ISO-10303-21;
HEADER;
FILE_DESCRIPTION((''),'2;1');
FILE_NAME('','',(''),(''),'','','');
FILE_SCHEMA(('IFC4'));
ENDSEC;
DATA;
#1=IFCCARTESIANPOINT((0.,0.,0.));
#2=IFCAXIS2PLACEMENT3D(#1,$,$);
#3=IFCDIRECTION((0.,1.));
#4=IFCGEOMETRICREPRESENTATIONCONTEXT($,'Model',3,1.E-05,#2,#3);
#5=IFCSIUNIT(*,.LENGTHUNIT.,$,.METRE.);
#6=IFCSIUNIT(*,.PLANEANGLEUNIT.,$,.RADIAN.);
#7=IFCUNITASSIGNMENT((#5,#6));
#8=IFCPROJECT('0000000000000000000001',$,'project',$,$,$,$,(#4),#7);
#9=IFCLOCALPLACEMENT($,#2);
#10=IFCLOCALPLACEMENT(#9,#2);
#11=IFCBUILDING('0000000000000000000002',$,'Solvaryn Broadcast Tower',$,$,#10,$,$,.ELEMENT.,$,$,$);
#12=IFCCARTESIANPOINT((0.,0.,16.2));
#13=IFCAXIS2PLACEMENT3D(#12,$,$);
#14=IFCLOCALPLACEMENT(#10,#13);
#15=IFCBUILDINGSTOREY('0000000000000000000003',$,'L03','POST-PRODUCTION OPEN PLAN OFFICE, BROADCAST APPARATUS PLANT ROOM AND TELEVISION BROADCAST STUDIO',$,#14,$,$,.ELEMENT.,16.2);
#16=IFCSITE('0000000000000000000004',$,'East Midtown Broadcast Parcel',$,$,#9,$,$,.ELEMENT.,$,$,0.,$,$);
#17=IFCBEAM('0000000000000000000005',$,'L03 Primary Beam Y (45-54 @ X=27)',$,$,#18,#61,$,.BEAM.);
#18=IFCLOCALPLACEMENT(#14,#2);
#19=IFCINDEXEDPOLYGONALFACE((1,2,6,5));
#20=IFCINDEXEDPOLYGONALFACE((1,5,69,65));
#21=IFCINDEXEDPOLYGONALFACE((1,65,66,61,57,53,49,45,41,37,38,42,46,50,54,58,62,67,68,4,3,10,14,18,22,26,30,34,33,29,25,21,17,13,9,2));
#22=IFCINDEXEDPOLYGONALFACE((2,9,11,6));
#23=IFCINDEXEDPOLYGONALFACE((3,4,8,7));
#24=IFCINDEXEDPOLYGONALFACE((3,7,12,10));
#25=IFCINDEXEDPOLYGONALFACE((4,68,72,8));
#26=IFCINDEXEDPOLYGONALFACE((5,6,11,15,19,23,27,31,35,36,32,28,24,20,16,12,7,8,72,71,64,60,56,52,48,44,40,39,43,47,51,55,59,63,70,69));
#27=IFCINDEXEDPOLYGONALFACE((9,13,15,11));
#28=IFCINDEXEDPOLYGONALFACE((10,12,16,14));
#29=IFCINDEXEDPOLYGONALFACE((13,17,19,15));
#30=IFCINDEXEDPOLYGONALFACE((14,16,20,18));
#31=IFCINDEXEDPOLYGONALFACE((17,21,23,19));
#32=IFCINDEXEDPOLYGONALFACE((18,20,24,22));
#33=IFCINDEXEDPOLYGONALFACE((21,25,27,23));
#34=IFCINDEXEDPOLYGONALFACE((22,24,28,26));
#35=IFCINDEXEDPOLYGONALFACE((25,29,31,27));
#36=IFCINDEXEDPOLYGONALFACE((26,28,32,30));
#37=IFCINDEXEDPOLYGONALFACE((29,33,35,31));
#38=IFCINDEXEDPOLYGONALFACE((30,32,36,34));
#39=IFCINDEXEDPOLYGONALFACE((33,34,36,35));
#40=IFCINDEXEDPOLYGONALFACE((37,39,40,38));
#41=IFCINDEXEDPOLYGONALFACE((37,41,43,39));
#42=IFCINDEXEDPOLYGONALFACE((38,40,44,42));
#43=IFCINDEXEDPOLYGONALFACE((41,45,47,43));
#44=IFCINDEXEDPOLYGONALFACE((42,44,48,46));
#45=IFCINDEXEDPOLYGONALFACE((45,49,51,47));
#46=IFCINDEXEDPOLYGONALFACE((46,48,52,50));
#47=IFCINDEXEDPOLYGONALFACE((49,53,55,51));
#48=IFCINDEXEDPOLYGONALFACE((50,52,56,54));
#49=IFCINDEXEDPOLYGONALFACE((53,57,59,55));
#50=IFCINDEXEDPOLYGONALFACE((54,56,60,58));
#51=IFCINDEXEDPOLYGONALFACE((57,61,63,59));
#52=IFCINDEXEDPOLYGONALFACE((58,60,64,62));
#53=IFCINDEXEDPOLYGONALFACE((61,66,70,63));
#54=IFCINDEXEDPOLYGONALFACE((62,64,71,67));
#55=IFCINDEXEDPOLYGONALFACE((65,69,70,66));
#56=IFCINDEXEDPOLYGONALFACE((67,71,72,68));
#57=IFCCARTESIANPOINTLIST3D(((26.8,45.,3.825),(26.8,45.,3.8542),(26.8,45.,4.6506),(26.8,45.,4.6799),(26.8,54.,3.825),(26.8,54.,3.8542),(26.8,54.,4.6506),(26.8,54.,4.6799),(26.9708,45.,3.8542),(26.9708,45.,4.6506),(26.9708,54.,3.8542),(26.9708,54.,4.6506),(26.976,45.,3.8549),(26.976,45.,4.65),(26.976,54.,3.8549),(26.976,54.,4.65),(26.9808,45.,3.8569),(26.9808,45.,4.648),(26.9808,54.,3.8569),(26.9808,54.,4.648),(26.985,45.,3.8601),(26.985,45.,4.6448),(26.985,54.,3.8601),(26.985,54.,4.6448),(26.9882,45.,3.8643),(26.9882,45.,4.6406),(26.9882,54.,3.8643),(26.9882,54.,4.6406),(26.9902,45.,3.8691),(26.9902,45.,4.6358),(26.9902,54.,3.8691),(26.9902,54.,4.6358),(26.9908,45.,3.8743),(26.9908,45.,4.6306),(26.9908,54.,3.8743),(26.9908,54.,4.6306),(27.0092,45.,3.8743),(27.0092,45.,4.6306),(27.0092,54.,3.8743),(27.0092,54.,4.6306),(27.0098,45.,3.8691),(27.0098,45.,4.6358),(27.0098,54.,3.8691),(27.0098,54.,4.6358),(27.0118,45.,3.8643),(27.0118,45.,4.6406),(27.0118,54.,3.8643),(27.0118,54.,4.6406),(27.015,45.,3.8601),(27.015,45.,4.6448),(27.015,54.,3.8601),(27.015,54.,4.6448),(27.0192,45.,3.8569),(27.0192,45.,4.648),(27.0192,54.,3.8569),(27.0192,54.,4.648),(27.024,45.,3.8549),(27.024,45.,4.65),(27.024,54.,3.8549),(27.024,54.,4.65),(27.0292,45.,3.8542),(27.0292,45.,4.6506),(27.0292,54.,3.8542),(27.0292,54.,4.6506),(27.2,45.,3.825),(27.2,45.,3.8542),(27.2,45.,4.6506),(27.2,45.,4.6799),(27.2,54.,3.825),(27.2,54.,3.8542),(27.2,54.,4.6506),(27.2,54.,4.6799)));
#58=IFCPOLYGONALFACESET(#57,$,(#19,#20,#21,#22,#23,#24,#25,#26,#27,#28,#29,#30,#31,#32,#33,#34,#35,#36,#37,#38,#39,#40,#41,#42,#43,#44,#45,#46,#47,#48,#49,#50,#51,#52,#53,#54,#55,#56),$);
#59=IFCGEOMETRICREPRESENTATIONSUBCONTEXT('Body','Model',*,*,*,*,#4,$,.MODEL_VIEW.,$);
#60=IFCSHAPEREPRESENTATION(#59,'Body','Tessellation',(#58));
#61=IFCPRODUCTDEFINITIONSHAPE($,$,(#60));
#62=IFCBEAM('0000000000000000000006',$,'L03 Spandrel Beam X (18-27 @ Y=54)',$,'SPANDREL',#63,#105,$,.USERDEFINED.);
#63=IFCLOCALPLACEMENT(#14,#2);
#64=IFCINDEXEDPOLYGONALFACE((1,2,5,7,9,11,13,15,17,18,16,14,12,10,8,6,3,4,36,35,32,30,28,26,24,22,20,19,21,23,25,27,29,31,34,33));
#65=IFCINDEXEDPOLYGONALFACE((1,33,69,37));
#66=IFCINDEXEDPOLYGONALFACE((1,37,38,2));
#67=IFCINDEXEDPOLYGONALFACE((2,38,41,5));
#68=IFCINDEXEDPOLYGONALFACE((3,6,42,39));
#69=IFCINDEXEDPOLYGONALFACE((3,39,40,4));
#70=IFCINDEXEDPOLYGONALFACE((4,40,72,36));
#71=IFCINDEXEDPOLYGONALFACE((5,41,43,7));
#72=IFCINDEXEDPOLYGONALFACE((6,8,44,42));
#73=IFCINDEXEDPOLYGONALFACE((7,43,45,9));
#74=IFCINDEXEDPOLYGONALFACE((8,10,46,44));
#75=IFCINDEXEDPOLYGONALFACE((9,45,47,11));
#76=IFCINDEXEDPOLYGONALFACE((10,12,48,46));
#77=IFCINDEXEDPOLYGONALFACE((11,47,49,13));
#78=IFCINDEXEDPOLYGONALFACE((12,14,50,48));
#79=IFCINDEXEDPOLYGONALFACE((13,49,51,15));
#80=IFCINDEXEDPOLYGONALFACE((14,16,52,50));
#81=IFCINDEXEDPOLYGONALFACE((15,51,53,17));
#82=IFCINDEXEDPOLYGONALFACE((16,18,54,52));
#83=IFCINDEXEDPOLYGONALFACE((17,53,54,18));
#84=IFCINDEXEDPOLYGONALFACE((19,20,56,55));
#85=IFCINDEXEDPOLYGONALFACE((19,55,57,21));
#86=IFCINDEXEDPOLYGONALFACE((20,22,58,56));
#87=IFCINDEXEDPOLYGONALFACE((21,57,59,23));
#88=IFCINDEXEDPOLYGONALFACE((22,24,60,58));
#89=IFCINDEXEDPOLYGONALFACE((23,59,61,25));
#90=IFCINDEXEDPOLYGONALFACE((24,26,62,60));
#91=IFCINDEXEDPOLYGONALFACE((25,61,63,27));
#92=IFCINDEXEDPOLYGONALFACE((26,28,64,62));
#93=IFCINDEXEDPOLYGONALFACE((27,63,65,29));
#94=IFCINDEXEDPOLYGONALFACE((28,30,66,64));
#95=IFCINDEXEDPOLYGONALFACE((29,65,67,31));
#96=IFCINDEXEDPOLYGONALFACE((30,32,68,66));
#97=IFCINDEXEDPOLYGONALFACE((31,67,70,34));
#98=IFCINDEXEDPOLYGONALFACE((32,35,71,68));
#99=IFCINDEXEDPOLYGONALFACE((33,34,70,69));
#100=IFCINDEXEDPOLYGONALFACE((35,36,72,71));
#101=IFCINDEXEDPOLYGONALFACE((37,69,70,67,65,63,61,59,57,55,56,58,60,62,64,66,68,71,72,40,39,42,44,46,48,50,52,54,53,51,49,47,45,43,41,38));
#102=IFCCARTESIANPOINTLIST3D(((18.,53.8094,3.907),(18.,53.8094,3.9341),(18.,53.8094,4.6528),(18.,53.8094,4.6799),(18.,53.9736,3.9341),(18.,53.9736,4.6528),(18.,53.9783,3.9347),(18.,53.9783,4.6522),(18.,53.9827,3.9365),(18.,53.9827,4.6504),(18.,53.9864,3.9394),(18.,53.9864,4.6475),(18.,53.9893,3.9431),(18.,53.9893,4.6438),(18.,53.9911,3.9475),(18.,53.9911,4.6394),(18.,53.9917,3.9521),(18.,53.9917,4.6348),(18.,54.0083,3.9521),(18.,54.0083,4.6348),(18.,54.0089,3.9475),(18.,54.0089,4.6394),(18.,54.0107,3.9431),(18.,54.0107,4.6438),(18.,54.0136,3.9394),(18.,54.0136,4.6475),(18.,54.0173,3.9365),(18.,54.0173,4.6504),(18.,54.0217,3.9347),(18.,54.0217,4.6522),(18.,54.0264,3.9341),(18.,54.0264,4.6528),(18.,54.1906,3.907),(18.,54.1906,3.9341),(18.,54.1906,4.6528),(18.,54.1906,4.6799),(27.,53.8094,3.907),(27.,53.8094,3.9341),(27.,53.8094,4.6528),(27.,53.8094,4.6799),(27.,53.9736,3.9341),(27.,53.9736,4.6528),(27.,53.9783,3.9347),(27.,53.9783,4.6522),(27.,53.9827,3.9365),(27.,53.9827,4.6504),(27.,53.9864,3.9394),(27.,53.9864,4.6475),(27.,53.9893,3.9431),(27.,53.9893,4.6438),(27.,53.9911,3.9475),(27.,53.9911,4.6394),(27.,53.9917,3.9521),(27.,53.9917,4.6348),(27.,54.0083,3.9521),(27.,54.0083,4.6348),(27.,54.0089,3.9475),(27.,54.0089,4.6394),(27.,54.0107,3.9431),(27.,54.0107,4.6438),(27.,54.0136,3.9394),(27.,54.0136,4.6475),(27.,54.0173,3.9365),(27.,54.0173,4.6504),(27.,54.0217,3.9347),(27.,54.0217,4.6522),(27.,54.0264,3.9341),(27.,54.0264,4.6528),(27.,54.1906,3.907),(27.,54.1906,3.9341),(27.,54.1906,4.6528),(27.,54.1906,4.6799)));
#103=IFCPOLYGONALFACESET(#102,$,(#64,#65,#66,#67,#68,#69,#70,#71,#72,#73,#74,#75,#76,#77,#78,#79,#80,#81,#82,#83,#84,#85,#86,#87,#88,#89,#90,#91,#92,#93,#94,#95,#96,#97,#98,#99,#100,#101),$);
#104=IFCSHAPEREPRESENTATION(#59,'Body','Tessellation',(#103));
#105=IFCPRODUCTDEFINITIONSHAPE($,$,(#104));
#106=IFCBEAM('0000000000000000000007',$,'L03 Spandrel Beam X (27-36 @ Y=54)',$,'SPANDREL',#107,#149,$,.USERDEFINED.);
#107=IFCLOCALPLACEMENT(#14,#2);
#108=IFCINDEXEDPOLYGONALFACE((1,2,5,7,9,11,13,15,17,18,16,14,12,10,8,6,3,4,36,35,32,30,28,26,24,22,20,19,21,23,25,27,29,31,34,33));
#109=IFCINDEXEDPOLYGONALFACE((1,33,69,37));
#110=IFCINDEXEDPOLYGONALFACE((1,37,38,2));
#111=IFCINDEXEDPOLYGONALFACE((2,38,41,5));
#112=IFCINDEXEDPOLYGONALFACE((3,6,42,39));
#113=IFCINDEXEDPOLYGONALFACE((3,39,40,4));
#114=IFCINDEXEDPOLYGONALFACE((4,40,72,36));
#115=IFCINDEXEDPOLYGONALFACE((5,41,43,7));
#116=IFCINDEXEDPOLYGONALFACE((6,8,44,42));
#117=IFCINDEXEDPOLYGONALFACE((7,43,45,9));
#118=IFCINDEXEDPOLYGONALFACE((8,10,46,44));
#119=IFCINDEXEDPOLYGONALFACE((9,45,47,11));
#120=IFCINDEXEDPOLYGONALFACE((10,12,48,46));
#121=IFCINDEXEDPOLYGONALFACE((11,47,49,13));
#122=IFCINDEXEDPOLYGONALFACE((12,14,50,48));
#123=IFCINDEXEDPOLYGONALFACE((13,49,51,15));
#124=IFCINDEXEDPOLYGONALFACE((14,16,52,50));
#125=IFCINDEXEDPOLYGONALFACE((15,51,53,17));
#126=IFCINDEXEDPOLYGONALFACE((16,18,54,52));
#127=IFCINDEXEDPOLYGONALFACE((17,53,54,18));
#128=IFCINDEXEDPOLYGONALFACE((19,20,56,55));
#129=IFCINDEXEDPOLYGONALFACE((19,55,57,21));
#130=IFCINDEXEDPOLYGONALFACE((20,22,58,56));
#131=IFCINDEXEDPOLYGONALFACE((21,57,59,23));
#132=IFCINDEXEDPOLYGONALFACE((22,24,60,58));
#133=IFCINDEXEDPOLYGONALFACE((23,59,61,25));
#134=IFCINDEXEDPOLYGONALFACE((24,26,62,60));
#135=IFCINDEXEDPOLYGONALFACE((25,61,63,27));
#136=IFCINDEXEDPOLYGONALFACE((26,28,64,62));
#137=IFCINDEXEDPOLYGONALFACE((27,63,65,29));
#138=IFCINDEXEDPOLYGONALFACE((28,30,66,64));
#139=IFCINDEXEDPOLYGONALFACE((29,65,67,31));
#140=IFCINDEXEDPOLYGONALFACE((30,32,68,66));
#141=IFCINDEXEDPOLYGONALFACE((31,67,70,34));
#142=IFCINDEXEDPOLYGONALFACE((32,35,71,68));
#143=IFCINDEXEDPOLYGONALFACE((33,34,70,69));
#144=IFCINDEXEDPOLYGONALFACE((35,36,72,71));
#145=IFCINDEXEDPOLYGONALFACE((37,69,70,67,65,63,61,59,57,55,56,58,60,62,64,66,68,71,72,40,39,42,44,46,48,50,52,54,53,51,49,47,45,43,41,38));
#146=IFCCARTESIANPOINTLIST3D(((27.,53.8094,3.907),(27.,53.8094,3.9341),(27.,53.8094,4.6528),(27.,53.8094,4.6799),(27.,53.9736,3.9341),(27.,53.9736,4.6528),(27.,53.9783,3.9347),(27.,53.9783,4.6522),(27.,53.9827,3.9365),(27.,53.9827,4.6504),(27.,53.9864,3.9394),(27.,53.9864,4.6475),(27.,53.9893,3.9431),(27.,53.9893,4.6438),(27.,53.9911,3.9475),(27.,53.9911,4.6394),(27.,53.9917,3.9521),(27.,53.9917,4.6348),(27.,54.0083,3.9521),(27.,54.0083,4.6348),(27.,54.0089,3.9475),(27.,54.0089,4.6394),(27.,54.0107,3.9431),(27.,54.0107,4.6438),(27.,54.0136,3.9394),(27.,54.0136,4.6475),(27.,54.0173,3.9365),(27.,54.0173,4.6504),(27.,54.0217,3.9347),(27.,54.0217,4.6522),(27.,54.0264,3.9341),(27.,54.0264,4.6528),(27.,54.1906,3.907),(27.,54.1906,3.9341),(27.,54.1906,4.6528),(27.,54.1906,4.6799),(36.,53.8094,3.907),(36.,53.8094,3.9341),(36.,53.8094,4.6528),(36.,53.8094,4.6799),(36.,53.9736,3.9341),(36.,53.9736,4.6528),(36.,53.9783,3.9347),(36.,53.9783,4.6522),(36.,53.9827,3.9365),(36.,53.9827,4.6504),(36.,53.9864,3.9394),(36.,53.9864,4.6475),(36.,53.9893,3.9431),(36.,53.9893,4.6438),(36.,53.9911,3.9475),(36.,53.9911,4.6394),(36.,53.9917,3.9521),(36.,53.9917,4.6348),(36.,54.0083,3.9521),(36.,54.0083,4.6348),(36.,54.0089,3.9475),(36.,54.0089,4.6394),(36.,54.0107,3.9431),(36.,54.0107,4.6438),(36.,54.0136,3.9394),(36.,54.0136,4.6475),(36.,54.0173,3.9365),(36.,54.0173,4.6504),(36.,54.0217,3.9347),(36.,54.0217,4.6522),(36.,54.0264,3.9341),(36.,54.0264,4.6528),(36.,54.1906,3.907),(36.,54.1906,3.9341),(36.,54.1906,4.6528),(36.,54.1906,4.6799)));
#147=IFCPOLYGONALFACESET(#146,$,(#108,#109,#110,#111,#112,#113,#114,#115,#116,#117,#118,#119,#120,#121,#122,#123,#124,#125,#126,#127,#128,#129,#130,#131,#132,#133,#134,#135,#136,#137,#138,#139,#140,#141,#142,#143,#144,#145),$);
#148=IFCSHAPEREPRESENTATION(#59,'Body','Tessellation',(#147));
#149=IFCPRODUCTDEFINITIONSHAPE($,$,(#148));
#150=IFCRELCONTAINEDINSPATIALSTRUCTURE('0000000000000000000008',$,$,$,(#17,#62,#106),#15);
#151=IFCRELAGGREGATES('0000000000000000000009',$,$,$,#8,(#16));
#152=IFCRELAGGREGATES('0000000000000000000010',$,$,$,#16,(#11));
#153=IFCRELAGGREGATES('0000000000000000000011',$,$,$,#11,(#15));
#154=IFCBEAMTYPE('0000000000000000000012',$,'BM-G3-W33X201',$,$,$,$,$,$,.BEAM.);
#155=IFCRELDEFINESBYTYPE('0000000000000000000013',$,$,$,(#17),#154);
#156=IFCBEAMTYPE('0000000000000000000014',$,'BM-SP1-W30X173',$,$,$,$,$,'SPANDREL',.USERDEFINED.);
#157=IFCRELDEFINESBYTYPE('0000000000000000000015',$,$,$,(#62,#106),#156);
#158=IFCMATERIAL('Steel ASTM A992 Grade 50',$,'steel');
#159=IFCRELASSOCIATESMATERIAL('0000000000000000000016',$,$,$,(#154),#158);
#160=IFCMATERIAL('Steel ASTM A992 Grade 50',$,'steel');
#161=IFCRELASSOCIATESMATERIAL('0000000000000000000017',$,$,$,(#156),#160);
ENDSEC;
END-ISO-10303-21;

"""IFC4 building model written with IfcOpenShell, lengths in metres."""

from ifc_helpers import new_model, si_unit, direction, frame, origin, origin_2d, place, context, subcontext, project, spatial, i_section, extrude, material, material_profile, profile_set, type_object, element, save


model = new_model("IFC4")

# Units and contexts
model_context = context("Model", 3, precision=1e-05, world=origin(), true_north=direction((0.0, 1.0)))
body_context = subcontext(model_context, "Body", "Model", "MODEL_VIEW")
ifc_project = project(units=[si_unit("LENGTHUNIT", "METRE"), si_unit("PLANEANGLEUNIT", "RADIAN")], contexts=[model_context])

# Site, building, storey
site_placement = place(None, origin())
site = spatial("IfcSite", under=ifc_project, at=site_placement, Name="East Midtown Broadcast Parcel", CompositionType="ELEMENT", RefElevation=0.0)
building_placement = place(site_placement, origin())
building = spatial("IfcBuilding", under=site, at=building_placement, Name="Solvaryn Broadcast Tower", CompositionType="ELEMENT")
storey_placement = place(building_placement, frame((0.0, 0.0, 16.2)))
storey = spatial("IfcBuildingStorey", under=building, at=storey_placement, Name="L03", Description="POST-PRODUCTION OPEN PLAN OFFICE, BROADCAST APPARATUS PLANT ROOM AND TELEVISION BROADCAST STUDIO", CompositionType="ELEMENT", Elevation=16.2)

# Beams
ifc_material_1 = material(Name="Steel ASTM A992 Grade 50", Category="steel")
ifc_material_profile_1 = material_profile(ifc_material_1, i_section(OverallWidth=0.3999, OverallDepth=0.855, WebThickness=0.0183, FlangeThickness=0.0293, FilletRadius=0.02, at=origin_2d()))
ifc_profile_set_1 = profile_set([ifc_material_profile_1], Name="Steel ASTM A992 Grade 50")
beam_type_1 = type_object("IfcBeamType", Name="BM-G3-W33X201", PredefinedType="BEAM", material=ifc_profile_set_1)
for number, where, z_axis, x_axis, name in (
    (1, (27.0, 45.0, 4.2524), (0.0, 1.0, 0.0), (-1.0, 0.0, 0.0), "L03 Primary Beam Y (45-54 @ X=27)"),
):
    element("IfcBeam", number, at=place(storey_placement, frame(where, z_axis=z_axis, x_axis=x_axis)), inside=storey, type_object=beam_type_1, Name=name, PredefinedType="BEAM", context=body_context, shape_type="SweptSolid", body=[
        extrude(i_section(OverallWidth=0.3999, OverallDepth=0.855, WebThickness=0.0183, FlangeThickness=0.0293, FilletRadius=0.02, at=origin_2d()), origin(), (0.0, 0.0, 1.0), 9.0),
    ])
ifc_material_2 = material(Name="Steel ASTM A992 Grade 50", Category="steel")
ifc_material_profile_2 = material_profile(ifc_material_2, i_section(OverallWidth=0.3811, OverallDepth=0.7729, WebThickness=0.0166, FlangeThickness=0.0271, FilletRadius=0.0181, at=origin_2d()))
ifc_profile_set_2 = profile_set([ifc_material_profile_2], Name="Steel ASTM A992 Grade 50")
beam_type_2 = type_object("IfcBeamType", Name="BM-SP1-W30X173", ElementType="SPANDREL", PredefinedType="USERDEFINED", material=ifc_profile_set_2)
for number, where, z_axis, x_axis, name in (
    (2, (18.0, 54.0, 4.2935), (1.0, 0.0, 0.0), (0.0, 1.0, 0.0), "L03 Spandrel Beam X (18-27 @ Y=54)"),
    (3, (27.0, 54.0, 4.2935), (1.0, 0.0, 0.0), (0.0, 1.0, 0.0), "L03 Spandrel Beam X (27-36 @ Y=54)"),
):
    element("IfcBeam", number, at=place(storey_placement, frame(where, z_axis=z_axis, x_axis=x_axis)), inside=storey, type_object=beam_type_2, Name=name, ObjectType="SPANDREL", PredefinedType="USERDEFINED", context=body_context, shape_type="SweptSolid", body=[
        extrude(i_section(OverallWidth=0.3811, OverallDepth=0.7729, WebThickness=0.0166, FlangeThickness=0.0271, FilletRadius=0.0181, at=origin_2d()), origin(), (0.0, 0.0, 1.0), 9.0),
    ])

save(model, "model.ifc")
